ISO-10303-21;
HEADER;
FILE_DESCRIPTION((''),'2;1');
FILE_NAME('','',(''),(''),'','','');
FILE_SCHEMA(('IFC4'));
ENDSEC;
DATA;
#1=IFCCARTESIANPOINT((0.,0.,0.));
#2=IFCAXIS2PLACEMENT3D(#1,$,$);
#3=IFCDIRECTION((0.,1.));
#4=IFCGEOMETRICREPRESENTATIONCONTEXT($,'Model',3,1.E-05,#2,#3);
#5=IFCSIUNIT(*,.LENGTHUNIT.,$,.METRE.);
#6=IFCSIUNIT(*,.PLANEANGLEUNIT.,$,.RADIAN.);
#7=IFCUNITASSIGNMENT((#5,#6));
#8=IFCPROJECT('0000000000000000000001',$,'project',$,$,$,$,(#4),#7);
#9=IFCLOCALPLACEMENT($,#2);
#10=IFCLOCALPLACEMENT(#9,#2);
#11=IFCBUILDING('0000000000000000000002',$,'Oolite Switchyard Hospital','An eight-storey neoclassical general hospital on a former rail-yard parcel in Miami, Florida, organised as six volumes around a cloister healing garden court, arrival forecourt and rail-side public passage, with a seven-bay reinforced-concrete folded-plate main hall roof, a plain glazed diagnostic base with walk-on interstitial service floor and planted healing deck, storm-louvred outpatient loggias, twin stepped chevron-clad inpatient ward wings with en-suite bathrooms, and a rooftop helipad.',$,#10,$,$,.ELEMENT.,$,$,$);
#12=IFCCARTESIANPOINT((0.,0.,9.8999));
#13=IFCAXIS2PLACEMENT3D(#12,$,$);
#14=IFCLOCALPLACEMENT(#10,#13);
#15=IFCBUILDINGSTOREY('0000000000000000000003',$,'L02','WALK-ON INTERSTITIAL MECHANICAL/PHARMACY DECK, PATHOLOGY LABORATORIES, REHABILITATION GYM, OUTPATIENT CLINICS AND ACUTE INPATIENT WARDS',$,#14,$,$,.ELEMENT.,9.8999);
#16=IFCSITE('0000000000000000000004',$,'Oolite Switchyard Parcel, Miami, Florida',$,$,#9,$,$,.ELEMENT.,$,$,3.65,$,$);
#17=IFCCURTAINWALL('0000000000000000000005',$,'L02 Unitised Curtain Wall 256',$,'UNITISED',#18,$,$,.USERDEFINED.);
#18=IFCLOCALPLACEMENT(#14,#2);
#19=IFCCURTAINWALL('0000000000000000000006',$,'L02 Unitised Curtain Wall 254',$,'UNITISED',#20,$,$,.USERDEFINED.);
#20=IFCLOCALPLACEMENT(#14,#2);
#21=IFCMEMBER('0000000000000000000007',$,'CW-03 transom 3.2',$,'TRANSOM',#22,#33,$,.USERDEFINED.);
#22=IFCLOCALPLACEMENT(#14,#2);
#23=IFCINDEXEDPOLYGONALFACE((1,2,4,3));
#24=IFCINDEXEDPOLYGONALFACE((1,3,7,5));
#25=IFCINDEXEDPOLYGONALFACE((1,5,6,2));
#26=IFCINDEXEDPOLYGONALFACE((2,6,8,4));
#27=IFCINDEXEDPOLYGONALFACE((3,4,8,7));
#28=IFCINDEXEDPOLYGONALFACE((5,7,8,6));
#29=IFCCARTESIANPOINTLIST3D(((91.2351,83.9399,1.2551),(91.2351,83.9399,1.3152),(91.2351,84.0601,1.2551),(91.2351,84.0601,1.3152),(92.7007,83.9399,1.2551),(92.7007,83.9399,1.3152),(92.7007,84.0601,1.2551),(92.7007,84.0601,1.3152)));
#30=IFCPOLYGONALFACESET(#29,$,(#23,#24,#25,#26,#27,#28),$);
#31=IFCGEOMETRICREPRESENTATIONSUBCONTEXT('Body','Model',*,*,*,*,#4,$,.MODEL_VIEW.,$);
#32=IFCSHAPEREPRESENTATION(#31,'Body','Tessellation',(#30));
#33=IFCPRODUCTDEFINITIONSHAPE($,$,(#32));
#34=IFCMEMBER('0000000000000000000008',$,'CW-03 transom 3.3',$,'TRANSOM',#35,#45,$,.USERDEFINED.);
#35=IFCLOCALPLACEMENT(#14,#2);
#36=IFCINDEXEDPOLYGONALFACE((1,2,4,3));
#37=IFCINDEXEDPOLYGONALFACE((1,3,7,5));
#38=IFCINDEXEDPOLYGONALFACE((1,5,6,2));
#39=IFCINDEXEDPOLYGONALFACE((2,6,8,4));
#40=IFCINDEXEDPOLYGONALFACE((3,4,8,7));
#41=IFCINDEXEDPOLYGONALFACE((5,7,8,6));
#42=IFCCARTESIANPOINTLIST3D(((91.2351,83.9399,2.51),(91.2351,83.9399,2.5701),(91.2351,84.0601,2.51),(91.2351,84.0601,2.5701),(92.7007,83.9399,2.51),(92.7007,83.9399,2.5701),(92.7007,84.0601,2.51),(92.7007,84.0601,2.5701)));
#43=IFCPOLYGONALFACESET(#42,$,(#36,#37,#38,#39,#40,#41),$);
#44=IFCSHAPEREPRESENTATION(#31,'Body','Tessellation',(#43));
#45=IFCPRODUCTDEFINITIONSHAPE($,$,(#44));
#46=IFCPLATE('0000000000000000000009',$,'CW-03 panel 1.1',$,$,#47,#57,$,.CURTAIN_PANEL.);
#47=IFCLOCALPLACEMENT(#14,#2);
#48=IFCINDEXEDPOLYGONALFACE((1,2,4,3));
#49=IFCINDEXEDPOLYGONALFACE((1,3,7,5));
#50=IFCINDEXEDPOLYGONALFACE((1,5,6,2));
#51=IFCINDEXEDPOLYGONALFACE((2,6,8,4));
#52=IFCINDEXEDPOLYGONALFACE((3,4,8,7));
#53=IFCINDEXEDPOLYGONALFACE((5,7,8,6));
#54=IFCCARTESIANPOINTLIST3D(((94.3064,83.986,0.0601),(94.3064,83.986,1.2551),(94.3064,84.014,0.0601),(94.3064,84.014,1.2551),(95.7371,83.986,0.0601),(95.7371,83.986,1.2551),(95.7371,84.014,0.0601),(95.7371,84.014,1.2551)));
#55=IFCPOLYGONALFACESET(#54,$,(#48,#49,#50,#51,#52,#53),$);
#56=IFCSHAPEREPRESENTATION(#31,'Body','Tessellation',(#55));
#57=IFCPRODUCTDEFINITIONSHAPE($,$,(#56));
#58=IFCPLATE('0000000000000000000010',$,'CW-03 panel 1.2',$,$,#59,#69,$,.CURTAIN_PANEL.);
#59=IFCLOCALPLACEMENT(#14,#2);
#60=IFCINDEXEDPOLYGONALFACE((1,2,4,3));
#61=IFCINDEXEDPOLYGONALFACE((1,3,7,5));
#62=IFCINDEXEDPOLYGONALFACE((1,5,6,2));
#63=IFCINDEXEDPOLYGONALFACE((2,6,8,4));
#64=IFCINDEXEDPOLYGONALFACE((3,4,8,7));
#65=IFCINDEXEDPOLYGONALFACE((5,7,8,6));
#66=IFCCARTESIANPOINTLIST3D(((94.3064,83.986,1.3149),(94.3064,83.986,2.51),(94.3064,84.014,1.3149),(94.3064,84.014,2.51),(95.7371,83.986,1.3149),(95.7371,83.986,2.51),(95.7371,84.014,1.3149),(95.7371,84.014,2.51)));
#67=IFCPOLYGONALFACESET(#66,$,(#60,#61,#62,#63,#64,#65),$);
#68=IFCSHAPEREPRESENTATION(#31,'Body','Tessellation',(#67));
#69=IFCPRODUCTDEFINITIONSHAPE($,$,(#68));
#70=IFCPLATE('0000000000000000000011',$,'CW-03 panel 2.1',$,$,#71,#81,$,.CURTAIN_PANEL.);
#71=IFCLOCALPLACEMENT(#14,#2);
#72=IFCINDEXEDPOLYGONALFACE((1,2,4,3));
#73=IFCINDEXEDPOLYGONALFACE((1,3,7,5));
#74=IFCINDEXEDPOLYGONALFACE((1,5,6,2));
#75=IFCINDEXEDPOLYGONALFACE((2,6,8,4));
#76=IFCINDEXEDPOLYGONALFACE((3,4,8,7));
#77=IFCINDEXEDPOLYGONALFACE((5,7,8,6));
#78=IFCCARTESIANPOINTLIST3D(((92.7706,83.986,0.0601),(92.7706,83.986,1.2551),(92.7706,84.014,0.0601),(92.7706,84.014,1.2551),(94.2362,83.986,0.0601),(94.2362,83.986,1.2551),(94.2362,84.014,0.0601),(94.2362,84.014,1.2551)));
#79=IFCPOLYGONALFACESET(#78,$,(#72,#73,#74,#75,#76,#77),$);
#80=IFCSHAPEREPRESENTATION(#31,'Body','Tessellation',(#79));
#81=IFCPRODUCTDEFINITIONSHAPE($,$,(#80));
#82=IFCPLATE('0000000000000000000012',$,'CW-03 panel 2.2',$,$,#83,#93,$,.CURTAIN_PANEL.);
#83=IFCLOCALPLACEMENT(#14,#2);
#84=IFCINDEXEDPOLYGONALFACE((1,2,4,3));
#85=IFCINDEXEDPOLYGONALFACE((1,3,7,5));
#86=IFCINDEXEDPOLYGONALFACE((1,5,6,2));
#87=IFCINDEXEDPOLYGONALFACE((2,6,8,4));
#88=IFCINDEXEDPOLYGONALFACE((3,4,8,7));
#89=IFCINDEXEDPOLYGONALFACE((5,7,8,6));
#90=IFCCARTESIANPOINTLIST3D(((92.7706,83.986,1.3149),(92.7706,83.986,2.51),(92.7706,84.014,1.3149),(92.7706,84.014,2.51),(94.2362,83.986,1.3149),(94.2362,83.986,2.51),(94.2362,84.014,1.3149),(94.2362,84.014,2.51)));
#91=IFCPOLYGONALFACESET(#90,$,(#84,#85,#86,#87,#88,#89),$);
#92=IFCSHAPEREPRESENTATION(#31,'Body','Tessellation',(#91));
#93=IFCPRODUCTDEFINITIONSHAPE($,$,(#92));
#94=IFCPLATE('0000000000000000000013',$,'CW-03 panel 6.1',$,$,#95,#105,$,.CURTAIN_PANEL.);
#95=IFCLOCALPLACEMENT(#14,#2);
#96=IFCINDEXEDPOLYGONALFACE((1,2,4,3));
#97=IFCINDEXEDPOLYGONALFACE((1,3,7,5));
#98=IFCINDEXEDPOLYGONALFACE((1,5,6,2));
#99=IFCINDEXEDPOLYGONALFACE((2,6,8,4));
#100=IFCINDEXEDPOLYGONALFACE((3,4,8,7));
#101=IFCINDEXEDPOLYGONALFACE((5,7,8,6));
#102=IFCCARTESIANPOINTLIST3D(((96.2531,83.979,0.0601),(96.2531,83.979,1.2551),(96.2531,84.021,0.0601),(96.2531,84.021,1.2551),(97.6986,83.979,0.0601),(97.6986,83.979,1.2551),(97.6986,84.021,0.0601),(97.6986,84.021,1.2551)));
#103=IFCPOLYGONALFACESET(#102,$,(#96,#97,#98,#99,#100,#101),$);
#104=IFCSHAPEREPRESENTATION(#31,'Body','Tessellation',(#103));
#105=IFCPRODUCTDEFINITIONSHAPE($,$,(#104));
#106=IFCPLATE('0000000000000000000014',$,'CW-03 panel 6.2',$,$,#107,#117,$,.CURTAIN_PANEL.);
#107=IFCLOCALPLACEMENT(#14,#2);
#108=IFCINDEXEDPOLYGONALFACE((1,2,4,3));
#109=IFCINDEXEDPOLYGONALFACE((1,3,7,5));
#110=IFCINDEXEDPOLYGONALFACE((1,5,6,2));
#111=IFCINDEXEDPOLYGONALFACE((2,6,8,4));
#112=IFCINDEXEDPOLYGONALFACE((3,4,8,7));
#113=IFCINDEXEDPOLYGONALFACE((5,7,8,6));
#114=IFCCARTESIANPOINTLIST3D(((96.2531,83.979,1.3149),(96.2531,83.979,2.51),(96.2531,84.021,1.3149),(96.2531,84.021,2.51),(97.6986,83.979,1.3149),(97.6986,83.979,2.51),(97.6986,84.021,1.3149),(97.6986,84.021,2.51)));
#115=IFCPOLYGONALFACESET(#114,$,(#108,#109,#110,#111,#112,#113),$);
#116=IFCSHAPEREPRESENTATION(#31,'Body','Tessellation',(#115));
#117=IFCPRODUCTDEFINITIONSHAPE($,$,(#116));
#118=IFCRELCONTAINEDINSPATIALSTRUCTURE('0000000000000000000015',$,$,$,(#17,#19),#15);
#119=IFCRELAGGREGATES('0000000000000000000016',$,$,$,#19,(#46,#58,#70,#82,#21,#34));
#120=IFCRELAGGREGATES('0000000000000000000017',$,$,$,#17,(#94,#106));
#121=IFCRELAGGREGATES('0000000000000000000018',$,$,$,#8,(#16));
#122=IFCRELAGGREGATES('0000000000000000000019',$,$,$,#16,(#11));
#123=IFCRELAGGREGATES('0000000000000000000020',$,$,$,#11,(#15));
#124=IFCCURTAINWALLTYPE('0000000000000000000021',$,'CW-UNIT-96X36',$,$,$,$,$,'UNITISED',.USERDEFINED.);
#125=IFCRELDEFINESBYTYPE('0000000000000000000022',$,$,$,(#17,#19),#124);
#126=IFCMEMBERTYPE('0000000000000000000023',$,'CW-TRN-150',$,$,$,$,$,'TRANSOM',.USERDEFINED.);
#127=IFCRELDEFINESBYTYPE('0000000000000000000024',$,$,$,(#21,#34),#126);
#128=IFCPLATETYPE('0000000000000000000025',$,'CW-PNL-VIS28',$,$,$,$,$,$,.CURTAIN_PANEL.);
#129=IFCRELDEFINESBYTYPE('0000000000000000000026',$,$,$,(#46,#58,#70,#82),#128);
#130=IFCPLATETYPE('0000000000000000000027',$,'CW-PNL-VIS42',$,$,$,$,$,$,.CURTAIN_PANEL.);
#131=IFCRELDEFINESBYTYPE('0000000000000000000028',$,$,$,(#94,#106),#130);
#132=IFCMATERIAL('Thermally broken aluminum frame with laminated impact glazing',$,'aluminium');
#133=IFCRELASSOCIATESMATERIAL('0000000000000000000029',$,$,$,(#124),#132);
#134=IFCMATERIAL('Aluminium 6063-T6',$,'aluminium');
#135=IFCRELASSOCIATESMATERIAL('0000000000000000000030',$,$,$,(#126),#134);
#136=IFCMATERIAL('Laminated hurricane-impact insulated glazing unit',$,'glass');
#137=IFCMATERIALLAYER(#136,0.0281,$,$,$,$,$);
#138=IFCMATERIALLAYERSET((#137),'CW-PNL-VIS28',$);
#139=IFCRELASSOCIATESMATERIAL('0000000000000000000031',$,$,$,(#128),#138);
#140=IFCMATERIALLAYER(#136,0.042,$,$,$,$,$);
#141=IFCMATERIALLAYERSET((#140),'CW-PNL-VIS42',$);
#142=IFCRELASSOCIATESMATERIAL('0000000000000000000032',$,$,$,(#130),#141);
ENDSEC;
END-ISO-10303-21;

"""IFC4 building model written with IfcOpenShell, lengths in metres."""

from ifc_helpers import new_model, si_unit, direction, frame, origin, origin_2d, place, context, subcontext, project, spatial, rectangle, extrude, material, layer, layer_set, material_profile, profile_set, type_object, element, aggregate, save


model = new_model("IFC4")

# Units and contexts
model_context = context("Model", 3, precision=1e-05, world=origin(), true_north=direction((0.0, 1.0)))
body_context = subcontext(model_context, "Body", "Model", "MODEL_VIEW")
ifc_project = project(units=[si_unit("LENGTHUNIT", "METRE"), si_unit("PLANEANGLEUNIT", "RADIAN")], contexts=[model_context])

# Site, building, storey
site_placement = place(None, origin())
site = spatial("IfcSite", under=ifc_project, at=site_placement, Name="Oolite Switchyard Parcel, Miami, Florida", CompositionType="ELEMENT", RefElevation=3.65)
building_placement = place(site_placement, origin())
building = spatial("IfcBuilding", under=site, at=building_placement, Name="Oolite Switchyard Hospital", Description="An eight-storey neoclassical general hospital on a former rail-yard parcel in Miami, Florida, organised as six volumes around a cloister healing garden court, arrival forecourt and rail-side public passage, with a seven-bay reinforced-concrete folded-plate main hall roof, a plain glazed diagnostic base with walk-on interstitial service floor and planted healing deck, storm-louvred outpatient loggias, twin stepped chevron-clad inpatient ward wings with en-suite bathrooms, and a rooftop helipad.", CompositionType="ELEMENT")
storey_placement = place(building_placement, frame((0.0, 0.0, 9.8999)))
storey = spatial("IfcBuildingStorey", under=building, at=storey_placement, Name="L02", Description="WALK-ON INTERSTITIAL MECHANICAL/PHARMACY DECK, PATHOLOGY LABORATORIES, REHABILITATION GYM, OUTPATIENT CLINICS AND ACUTE INPATIENT WARDS", CompositionType="ELEMENT", Elevation=9.8999)

# Curtain wall
ifc_material_1 = material(Name="Thermally broken aluminum frame with laminated impact glazing", Category="aluminium")
curtain_wall_type = type_object("IfcCurtainWallType", Name="CW-UNIT-96X36", ElementType="UNITISED", PredefinedType="USERDEFINED", material=ifc_material_1)
curtain_wall_1_placement = place(storey_placement, origin())
curtain_wall_1 = element("IfcCurtainWall", 1, at=curtain_wall_1_placement, inside=storey, type_object=curtain_wall_type, Name="L02 Unitised Curtain Wall 256", ObjectType="UNITISED", PredefinedType="USERDEFINED")
ifc_material_2 = material(Name="Aluminium 6063-T6", Category="aluminium")

# Curtain wall, members, plates
curtain_wall_2_placement = place(storey_placement, origin())
curtain_wall_2 = element("IfcCurtainWall", 2, at=curtain_wall_2_placement, inside=storey, type_object=curtain_wall_type, Name="L02 Unitised Curtain Wall 254", ObjectType="UNITISED", PredefinedType="USERDEFINED")
ifc_material_profile_1 = material_profile(ifc_material_2, rectangle(XDim=0.1201, YDim=0.0601, at=origin_2d()), Name="CWT60X120")
ifc_profile_set_1 = profile_set([ifc_material_profile_1], Name="Aluminium 6063-T6")
member_type_1 = type_object("IfcMemberType", Name="CW-TRN-150", ElementType="TRANSOM", PredefinedType="USERDEFINED", material=ifc_profile_set_1)
member_1_placement = place(storey_placement, frame((92.7007, 84.0, 1.2852), z_axis=(-1.0, 0.0, 0.0), x_axis=(0.0, -1.0, 0.0)))
member_1 = element("IfcMember", 3, at=member_1_placement, type_object=member_type_1, Name="CW-03 transom 3.2", ObjectType="TRANSOM", PredefinedType="USERDEFINED", context=body_context, shape_type="SweptSolid", body=[
    extrude(rectangle(XDim=0.1201, YDim=0.0601, at=origin_2d()), origin(), (0.0, 0.0, 1.0), 1.4656),
])
member_2_placement = place(storey_placement, frame((92.7007, 84.0, 2.54), z_axis=(-1.0, 0.0, 0.0), x_axis=(0.0, -1.0, 0.0)))
member_2 = element("IfcMember", 4, at=member_2_placement, type_object=member_type_1, Name="CW-03 transom 3.3", ObjectType="TRANSOM", PredefinedType="USERDEFINED", context=body_context, shape_type="SweptSolid", body=[
    extrude(rectangle(XDim=0.1201, YDim=0.0601, at=origin_2d()), origin(), (0.0, 0.0, 1.0), 1.4656),
])
ifc_material_3 = material(Name="Laminated hurricane-impact insulated glazing unit", Category="glass")
ifc_layer_1 = layer(ifc_material_3, 0.0281)
ifc_layer_set_1 = layer_set([ifc_layer_1], Name="CW-PNL-VIS28")
plate_type_1 = type_object("IfcPlateType", Name="CW-PNL-VIS28", PredefinedType="CURTAIN_PANEL", material=ifc_layer_set_1)
plate_1_placement = place(storey_placement, frame((95.0217, 84.0, 0.0601), z_axis=(0.0, 0.0, 1.0), x_axis=(-1.0, 0.0, 0.0)))
plate_1 = element("IfcPlate", 5, at=plate_1_placement, type_object=plate_type_1, Name="CW-03 panel 1.1", PredefinedType="CURTAIN_PANEL", context=body_context, shape_type="SweptSolid", body=[
    extrude(rectangle(XDim=1.4307, YDim=0.0281, at=origin_2d()), origin(), (0.0, 0.0, 1.0), 1.1951),
])
plate_2_placement = place(storey_placement, frame((95.0217, 84.0, 1.3149), z_axis=(0.0, 0.0, 1.0), x_axis=(-1.0, 0.0, 0.0)))
plate_2 = element("IfcPlate", 6, at=plate_2_placement, type_object=plate_type_1, Name="CW-03 panel 1.2", PredefinedType="CURTAIN_PANEL", context=body_context, shape_type="SweptSolid", body=[
    extrude(rectangle(XDim=1.4307, YDim=0.0281, at=origin_2d()), origin(), (0.0, 0.0, 1.0), 1.1951),
])
plate_3_placement = place(storey_placement, frame((93.5034, 84.0, 0.0601), z_axis=(0.0, 0.0, 1.0), x_axis=(-1.0, 0.0, 0.0)))
plate_3 = element("IfcPlate", 7, at=plate_3_placement, type_object=plate_type_1, Name="CW-03 panel 2.1", PredefinedType="CURTAIN_PANEL", context=body_context, shape_type="SweptSolid", body=[
    extrude(rectangle(XDim=1.4656, YDim=0.0281, at=origin_2d()), origin(), (0.0, 0.0, 1.0), 1.1951),
])
plate_4_placement = place(storey_placement, frame((93.5034, 84.0, 1.3149), z_axis=(0.0, 0.0, 1.0), x_axis=(-1.0, 0.0, 0.0)))
plate_4 = element("IfcPlate", 8, at=plate_4_placement, type_object=plate_type_1, Name="CW-03 panel 2.2", PredefinedType="CURTAIN_PANEL", context=body_context, shape_type="SweptSolid", body=[
    extrude(rectangle(XDim=1.4656, YDim=0.0281, at=origin_2d()), origin(), (0.0, 0.0, 1.0), 1.1951),
])
aggregate(curtain_wall_2, [plate_1, plate_2, plate_3, plate_4, member_1, member_2])

# Plates
ifc_layer_2 = layer(ifc_material_3, 0.042)
ifc_layer_set_2 = layer_set([ifc_layer_2], Name="CW-PNL-VIS42")
plate_type_2 = type_object("IfcPlateType", Name="CW-PNL-VIS42", PredefinedType="CURTAIN_PANEL", material=ifc_layer_set_2)
plate_5_placement = place(storey_placement, frame((96.9758, 84.0, 0.0601), z_axis=(0.0, 0.0, 1.0), x_axis=(-1.0, 0.0, 0.0)))
plate_5 = element("IfcPlate", 9, at=plate_5_placement, type_object=plate_type_2, Name="CW-03 panel 6.1", PredefinedType="CURTAIN_PANEL", context=body_context, shape_type="SweptSolid", body=[
    extrude(rectangle(XDim=1.4456, YDim=0.042, at=origin_2d()), origin(), (0.0, 0.0, 1.0), 1.1951),
])
plate_6_placement = place(storey_placement, frame((96.9758, 84.0, 1.3149), z_axis=(0.0, 0.0, 1.0), x_axis=(-1.0, 0.0, 0.0)))
plate_6 = element("IfcPlate", 10, at=plate_6_placement, type_object=plate_type_2, Name="CW-03 panel 6.2", PredefinedType="CURTAIN_PANEL", context=body_context, shape_type="SweptSolid", body=[
    extrude(rectangle(XDim=1.4456, YDim=0.042, at=origin_2d()), origin(), (0.0, 0.0, 1.0), 1.1951),
])
aggregate(curtain_wall_1, [plate_5, plate_6])

save(model, "model.ifc")
